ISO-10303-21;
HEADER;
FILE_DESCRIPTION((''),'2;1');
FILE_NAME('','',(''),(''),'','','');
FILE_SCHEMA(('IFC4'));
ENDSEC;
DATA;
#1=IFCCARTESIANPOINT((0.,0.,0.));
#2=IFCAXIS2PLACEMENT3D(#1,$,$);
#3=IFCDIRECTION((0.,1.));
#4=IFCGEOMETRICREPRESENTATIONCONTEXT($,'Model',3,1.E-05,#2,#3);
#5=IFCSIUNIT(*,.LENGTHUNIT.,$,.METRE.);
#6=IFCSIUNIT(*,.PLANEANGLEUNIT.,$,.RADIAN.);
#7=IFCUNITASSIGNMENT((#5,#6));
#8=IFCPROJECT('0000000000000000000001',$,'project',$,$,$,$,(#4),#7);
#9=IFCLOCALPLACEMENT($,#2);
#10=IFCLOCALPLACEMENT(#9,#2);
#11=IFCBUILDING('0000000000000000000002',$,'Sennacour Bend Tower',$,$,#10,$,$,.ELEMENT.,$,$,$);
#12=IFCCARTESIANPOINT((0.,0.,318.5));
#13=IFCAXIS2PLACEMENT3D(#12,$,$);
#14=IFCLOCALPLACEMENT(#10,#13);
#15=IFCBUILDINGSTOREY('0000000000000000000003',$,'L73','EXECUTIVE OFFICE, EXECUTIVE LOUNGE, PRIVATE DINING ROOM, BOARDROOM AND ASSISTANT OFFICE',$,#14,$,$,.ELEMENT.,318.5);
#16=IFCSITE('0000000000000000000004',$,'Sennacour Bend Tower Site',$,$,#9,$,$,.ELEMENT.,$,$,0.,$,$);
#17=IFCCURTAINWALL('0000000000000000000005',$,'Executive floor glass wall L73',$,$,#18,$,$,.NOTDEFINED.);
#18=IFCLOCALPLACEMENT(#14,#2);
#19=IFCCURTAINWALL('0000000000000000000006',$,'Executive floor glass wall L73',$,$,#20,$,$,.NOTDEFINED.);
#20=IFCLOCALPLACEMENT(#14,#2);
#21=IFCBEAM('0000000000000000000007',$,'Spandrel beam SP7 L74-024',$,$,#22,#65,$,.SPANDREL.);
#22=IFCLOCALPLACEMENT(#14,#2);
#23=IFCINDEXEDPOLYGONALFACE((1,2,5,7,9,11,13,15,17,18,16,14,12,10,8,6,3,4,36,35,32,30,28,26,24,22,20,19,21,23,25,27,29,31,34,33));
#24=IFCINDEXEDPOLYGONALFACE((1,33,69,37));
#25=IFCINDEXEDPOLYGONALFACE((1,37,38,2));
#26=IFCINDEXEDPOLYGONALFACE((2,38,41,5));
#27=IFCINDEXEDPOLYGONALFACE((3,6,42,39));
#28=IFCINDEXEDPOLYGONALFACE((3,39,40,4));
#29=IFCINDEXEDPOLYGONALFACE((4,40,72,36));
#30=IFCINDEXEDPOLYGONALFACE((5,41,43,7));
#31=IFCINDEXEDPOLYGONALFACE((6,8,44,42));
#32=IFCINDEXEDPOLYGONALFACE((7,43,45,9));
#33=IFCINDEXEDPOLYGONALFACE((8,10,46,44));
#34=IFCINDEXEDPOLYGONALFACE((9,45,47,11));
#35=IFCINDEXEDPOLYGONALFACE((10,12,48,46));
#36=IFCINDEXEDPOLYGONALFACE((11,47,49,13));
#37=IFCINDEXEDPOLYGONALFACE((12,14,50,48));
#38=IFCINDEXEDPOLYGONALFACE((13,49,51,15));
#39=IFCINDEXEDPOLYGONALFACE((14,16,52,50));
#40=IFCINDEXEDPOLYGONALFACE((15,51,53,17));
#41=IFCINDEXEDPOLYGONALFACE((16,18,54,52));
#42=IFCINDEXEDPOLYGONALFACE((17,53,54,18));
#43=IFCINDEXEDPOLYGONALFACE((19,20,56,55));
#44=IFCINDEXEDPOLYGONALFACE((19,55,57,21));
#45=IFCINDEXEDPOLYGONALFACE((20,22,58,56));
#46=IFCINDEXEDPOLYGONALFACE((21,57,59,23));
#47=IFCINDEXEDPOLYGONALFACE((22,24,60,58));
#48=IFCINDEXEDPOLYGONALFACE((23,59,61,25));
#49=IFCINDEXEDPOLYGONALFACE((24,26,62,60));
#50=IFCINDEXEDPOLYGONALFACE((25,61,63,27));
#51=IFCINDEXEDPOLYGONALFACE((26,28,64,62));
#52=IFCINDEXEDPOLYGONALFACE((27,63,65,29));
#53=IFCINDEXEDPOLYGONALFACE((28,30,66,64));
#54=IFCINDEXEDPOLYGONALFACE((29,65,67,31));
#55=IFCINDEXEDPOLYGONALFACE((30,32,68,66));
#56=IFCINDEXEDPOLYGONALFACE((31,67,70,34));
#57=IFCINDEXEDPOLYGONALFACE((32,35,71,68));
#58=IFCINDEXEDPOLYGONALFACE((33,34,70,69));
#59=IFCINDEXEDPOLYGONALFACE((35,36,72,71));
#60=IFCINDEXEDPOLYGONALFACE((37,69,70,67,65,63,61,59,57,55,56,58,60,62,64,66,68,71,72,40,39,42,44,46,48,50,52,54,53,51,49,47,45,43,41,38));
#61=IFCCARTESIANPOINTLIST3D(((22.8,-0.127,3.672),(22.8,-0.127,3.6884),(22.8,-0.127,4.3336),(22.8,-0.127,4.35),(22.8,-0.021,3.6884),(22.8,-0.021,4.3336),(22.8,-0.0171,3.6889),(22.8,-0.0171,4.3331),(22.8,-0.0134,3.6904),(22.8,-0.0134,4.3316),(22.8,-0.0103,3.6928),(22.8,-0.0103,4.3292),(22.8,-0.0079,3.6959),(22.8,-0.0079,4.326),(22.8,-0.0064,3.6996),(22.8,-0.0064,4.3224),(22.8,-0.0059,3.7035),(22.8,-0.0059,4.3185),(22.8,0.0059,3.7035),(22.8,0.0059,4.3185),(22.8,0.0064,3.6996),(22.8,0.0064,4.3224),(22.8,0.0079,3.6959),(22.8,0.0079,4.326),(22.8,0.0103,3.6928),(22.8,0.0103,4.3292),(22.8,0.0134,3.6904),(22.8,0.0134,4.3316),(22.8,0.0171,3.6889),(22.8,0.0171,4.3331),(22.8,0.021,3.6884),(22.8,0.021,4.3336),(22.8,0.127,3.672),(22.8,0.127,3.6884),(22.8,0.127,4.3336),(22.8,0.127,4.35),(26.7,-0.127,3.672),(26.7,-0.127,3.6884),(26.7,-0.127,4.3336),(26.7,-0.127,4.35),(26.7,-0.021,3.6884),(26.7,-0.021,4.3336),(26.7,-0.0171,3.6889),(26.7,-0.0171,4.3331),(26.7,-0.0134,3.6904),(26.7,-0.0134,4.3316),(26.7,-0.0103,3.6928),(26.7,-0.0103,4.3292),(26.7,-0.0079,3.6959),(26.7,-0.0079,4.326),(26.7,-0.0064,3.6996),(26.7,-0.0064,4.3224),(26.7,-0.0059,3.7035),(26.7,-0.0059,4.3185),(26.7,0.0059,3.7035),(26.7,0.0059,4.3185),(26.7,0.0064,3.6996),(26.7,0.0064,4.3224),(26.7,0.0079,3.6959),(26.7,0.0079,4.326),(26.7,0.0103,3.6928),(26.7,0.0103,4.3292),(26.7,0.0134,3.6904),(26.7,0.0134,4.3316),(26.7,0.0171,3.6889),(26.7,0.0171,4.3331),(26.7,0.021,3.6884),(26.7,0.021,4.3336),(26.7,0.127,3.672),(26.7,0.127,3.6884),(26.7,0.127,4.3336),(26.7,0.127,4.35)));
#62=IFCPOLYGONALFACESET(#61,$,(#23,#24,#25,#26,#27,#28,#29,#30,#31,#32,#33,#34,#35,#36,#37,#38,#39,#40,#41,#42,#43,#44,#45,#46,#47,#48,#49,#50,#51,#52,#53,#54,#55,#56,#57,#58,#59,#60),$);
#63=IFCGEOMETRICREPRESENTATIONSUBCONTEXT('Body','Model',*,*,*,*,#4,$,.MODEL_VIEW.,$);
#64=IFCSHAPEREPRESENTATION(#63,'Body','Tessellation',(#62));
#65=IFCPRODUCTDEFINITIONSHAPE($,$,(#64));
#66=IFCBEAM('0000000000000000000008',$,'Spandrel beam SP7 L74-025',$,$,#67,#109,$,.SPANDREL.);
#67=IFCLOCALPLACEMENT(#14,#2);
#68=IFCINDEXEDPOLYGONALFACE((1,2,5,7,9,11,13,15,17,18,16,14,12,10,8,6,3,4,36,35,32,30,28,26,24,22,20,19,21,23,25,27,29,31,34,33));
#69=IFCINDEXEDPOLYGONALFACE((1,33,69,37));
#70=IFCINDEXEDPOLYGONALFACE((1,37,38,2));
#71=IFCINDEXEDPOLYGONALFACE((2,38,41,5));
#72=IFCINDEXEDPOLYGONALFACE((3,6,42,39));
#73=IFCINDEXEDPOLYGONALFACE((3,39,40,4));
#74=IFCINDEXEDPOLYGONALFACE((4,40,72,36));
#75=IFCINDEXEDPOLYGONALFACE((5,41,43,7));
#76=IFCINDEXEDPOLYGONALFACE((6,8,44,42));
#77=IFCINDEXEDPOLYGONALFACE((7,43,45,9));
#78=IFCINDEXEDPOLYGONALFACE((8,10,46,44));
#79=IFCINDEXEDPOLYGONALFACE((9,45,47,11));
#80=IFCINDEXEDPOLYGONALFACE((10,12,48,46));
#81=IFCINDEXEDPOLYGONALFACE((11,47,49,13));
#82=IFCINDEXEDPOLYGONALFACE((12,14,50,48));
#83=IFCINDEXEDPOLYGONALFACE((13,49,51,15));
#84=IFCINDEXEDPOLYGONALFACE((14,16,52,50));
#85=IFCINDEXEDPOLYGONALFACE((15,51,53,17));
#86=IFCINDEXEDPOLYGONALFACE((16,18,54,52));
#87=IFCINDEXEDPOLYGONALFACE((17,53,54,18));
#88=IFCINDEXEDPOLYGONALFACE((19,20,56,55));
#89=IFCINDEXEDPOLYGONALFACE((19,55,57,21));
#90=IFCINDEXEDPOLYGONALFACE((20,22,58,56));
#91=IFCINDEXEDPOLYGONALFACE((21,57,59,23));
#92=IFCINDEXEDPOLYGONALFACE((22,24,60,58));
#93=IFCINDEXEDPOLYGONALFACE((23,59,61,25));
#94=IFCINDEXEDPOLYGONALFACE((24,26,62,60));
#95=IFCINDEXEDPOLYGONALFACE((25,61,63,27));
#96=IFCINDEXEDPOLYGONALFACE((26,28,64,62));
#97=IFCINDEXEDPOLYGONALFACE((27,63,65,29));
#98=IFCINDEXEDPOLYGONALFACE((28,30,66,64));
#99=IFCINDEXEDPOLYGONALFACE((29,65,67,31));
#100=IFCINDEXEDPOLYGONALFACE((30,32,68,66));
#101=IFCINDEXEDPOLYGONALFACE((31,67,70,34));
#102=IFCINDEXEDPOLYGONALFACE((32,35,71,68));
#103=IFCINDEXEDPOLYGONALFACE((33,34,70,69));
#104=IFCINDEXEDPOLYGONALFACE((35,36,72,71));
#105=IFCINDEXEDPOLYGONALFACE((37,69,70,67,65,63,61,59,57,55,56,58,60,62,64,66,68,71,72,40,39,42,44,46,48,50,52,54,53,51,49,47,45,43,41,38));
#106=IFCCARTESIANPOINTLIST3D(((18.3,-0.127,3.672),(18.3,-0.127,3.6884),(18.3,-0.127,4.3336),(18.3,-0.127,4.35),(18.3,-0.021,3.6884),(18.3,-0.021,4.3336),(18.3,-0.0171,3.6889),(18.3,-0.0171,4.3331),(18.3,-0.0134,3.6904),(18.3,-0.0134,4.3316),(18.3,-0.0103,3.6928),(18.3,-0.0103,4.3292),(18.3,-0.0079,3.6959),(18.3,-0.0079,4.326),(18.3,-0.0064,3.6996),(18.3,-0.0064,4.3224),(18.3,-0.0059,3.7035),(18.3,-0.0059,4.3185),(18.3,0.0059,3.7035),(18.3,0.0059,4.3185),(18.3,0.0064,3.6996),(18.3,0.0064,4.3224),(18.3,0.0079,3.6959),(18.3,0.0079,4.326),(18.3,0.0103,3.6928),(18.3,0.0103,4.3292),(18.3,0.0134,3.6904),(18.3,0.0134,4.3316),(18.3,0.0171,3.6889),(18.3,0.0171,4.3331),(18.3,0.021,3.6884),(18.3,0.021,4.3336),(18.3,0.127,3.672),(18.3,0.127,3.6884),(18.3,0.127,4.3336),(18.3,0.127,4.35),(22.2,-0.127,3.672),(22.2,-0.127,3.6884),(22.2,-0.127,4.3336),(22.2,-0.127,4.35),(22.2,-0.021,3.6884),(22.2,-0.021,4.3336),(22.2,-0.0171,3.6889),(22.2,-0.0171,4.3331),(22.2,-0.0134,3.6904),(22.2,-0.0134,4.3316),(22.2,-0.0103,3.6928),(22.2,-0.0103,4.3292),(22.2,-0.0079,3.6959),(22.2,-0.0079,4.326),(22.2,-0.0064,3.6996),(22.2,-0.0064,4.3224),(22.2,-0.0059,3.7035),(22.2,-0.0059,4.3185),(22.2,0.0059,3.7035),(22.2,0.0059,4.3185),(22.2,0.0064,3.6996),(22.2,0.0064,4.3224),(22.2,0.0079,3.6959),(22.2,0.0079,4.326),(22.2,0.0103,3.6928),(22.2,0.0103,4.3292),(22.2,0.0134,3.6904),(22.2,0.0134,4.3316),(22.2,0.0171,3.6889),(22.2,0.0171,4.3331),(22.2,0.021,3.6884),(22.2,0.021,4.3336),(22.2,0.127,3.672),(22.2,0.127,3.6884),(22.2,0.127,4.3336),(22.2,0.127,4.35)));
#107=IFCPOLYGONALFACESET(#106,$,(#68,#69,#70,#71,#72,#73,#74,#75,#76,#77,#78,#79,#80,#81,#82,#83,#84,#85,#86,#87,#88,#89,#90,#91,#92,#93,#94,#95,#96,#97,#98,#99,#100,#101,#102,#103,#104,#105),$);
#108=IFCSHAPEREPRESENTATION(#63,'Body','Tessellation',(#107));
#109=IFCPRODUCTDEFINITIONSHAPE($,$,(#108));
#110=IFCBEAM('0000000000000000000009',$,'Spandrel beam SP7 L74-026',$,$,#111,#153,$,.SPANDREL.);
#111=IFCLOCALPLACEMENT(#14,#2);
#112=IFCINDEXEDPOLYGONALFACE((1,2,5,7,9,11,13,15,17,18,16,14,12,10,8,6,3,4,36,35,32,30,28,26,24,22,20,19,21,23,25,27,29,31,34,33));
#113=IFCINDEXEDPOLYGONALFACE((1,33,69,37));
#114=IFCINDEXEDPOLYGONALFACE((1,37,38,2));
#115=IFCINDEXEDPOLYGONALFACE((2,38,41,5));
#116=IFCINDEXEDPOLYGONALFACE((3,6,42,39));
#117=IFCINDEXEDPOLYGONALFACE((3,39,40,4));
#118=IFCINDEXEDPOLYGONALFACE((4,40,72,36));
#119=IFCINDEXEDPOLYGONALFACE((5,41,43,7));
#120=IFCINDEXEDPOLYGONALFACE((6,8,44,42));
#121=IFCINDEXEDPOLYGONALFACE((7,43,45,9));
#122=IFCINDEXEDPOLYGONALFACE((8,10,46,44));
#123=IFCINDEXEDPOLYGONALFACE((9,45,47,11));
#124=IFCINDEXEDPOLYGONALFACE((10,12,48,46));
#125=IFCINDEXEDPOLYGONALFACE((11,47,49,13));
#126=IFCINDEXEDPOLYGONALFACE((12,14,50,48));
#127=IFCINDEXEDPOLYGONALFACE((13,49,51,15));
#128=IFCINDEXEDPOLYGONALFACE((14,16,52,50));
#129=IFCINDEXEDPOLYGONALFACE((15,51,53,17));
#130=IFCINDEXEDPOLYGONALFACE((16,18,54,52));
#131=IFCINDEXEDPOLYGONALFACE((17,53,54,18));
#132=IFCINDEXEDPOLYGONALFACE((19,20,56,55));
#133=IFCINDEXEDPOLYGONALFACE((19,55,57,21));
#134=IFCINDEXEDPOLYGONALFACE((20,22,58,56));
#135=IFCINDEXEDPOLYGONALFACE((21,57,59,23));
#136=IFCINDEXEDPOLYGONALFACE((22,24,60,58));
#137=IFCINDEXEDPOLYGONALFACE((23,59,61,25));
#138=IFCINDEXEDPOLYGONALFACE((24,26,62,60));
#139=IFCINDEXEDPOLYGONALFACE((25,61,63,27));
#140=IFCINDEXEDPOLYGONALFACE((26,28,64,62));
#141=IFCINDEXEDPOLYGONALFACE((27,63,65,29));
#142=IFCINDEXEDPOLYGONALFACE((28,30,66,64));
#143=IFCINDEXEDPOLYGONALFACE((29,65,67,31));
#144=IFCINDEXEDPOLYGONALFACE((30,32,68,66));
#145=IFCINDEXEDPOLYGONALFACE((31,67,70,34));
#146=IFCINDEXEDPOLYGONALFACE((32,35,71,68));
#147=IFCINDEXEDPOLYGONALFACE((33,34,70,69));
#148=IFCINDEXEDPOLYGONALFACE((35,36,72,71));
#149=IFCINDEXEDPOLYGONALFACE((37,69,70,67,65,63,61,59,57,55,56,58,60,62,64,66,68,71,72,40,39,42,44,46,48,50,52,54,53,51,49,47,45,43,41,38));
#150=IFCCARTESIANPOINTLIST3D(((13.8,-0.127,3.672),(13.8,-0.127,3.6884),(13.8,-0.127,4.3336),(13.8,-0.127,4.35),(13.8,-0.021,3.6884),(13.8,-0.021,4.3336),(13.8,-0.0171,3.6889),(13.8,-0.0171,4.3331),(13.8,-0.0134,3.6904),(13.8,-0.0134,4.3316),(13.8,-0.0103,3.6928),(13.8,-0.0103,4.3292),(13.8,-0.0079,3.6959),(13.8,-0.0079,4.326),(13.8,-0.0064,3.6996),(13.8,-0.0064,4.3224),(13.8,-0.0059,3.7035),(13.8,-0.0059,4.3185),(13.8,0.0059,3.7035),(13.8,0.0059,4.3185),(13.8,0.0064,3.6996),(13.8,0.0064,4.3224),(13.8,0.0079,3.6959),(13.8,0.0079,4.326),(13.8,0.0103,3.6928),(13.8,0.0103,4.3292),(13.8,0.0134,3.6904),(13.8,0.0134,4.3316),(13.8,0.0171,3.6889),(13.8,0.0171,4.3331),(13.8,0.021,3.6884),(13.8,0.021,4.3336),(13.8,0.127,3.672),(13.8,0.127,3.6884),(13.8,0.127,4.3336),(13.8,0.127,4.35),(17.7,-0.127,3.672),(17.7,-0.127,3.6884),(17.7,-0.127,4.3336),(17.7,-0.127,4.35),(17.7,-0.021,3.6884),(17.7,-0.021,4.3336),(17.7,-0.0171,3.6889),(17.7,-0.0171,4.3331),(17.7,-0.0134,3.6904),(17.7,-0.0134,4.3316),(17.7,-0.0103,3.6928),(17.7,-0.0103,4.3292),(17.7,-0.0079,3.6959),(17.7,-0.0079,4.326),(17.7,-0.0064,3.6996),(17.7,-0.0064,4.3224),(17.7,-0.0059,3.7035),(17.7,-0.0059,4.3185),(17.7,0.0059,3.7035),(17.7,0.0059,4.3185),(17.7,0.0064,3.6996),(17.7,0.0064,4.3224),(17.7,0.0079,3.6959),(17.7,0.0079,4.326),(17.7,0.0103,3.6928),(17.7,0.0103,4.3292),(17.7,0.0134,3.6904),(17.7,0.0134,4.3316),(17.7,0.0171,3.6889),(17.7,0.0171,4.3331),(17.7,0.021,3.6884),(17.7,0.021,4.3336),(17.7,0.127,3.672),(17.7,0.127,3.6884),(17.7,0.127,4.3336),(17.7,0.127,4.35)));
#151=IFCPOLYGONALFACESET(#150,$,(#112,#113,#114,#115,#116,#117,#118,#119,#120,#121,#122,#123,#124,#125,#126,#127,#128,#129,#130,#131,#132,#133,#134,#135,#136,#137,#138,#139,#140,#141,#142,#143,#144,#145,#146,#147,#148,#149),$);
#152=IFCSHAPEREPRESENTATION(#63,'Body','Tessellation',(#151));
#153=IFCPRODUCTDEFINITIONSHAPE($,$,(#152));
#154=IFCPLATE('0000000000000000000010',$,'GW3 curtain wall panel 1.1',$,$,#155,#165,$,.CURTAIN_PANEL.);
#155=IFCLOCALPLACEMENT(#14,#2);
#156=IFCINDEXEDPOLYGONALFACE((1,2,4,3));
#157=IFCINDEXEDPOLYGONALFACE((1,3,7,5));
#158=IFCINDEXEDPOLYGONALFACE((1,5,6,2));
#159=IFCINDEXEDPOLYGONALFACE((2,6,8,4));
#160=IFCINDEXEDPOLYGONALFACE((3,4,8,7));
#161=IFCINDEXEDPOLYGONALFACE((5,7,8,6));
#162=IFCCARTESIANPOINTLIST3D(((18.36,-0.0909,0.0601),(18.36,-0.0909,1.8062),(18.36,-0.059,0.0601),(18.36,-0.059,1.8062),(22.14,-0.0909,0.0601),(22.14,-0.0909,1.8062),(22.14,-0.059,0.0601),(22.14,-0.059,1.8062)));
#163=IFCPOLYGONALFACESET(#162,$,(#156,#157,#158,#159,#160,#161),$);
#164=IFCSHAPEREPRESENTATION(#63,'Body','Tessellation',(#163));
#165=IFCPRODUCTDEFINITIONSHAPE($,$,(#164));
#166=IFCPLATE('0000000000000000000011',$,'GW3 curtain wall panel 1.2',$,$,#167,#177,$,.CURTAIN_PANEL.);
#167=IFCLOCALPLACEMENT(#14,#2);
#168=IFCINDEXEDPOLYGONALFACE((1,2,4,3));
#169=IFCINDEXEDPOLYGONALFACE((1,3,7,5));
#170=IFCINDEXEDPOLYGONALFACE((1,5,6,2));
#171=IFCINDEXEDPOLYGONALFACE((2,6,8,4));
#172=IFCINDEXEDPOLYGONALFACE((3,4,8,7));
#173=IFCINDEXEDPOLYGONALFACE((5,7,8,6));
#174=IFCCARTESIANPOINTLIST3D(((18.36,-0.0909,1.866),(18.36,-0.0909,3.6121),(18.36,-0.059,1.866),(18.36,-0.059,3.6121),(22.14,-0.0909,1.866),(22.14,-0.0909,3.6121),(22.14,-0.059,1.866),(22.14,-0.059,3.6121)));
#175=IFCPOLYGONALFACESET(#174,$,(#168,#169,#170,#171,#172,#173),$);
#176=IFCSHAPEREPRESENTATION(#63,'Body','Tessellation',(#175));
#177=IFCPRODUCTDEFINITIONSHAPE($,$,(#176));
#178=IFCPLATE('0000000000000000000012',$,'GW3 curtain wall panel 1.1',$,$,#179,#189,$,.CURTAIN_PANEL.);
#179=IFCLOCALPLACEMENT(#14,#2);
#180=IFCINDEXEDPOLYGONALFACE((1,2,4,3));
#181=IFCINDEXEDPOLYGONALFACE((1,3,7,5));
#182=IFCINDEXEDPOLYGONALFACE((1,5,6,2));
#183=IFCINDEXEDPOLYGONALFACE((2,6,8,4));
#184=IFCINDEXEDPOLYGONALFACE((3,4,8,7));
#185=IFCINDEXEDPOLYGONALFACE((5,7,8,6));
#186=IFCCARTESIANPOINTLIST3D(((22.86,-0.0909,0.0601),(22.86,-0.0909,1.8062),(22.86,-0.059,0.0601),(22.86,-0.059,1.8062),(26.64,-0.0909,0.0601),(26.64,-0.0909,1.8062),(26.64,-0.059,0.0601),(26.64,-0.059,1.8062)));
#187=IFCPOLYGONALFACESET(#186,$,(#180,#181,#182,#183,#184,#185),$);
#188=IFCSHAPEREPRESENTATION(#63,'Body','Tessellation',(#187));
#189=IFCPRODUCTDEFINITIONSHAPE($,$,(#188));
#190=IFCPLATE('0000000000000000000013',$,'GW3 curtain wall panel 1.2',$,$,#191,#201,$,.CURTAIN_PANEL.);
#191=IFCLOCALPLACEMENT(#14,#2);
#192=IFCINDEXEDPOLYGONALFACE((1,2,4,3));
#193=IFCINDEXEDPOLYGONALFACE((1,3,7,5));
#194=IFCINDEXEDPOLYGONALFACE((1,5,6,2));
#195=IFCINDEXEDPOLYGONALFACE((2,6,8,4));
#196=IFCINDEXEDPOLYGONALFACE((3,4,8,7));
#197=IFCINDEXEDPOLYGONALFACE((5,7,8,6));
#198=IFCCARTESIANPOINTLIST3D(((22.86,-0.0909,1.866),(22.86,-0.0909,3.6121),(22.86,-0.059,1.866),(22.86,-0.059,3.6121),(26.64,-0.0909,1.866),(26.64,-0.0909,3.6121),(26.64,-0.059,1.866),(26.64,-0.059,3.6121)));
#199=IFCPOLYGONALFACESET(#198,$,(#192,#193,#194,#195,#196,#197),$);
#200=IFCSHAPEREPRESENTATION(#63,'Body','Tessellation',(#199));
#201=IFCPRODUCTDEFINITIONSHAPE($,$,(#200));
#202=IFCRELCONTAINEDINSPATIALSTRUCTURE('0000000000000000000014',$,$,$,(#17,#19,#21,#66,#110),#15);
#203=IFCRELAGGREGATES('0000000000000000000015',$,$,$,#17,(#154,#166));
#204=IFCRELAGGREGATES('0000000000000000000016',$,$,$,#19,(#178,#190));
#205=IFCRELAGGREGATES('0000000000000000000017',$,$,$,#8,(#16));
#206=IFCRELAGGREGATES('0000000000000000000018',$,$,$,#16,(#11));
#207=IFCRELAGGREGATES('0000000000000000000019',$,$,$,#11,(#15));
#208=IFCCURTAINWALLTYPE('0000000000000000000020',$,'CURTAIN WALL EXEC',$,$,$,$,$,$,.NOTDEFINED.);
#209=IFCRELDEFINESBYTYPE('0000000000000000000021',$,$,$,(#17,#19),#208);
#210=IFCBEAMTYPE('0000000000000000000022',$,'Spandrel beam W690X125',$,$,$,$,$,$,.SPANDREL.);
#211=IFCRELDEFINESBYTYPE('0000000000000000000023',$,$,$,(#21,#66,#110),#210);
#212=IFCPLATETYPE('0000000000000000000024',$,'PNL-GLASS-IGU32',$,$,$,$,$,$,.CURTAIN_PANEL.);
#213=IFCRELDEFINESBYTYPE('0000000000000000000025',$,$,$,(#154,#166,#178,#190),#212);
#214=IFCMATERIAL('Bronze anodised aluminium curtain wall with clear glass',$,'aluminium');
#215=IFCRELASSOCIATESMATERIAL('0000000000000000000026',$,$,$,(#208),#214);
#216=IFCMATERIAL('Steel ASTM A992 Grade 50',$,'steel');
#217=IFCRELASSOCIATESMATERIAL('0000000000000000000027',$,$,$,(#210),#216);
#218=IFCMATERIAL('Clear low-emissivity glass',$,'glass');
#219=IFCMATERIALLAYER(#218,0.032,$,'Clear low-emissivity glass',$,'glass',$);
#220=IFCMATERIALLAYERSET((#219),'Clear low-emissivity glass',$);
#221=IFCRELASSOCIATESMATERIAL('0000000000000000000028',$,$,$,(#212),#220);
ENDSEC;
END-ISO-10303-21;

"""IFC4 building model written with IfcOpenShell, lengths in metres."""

from ifc_helpers import new_model, si_unit, direction, frame, origin, origin_2d, place, context, subcontext, project, spatial, rectangle, i_section, extrude, material, layer, layer_set, material_profile, profile_set, type_object, element, aggregate, save


model = new_model("IFC4")

# Units and contexts
model_context = context("Model", 3, precision=1e-05, world=origin(), true_north=direction((0.0, 1.0)))
body_context = subcontext(model_context, "Body", "Model", "MODEL_VIEW")
ifc_project = project(units=[si_unit("LENGTHUNIT", "METRE"), si_unit("PLANEANGLEUNIT", "RADIAN")], contexts=[model_context])

# Site, building, storey
site_placement = place(None, origin())
site = spatial("IfcSite", under=ifc_project, at=site_placement, Name="Sennacour Bend Tower Site", CompositionType="ELEMENT", RefElevation=0.0)
building_placement = place(site_placement, origin())
building = spatial("IfcBuilding", under=site, at=building_placement, Name="Sennacour Bend Tower", CompositionType="ELEMENT")
storey_placement = place(building_placement, frame((0.0, 0.0, 318.5)))
storey = spatial("IfcBuildingStorey", under=building, at=storey_placement, Name="L73", Description="EXECUTIVE OFFICE, EXECUTIVE LOUNGE, PRIVATE DINING ROOM, BOARDROOM AND ASSISTANT OFFICE", CompositionType="ELEMENT", Elevation=318.5)

# Shared definitions
ifc_material_1 = material(Name="Bronze anodised aluminium curtain wall with clear glass", Category="aluminium")
curtain_wall_type = type_object("IfcCurtainWallType", Name="CURTAIN WALL EXEC", PredefinedType="NOTDEFINED", material=ifc_material_1)

# Curtain walls
curtain_wall_1_placement = place(storey_placement, origin())
curtain_wall_1 = element("IfcCurtainWall", 1, at=curtain_wall_1_placement, inside=storey, type_object=curtain_wall_type, Name="Executive floor glass wall L73", PredefinedType="NOTDEFINED")
curtain_wall_2_placement = place(storey_placement, origin())
curtain_wall_2 = element("IfcCurtainWall", 2, at=curtain_wall_2_placement, inside=storey, type_object=curtain_wall_type, Name="Executive floor glass wall L73", PredefinedType="NOTDEFINED")

# Beams
ifc_material_2 = material(Name="Steel ASTM A992 Grade 50", Category="steel")
ifc_material_profile_1 = material_profile(ifc_material_2, i_section(OverallWidth=0.2539, OverallDepth=0.678, WebThickness=0.0117, FlangeThickness=0.0164, FilletRadius=0.0151, at=origin_2d()), Name="Steel ASTM A992 Grade 50", Category="steel")
ifc_profile_set_1 = profile_set([ifc_material_profile_1], Name="Steel ASTM A992 Grade 50")
beam_type_1 = type_object("IfcBeamType", Name="Spandrel beam W690X125", PredefinedType="SPANDREL", material=ifc_profile_set_1)
for number, where, z_axis, x_axis, name in (
    (3, (26.7, 0.0, 4.011), (-1.0, 0.0, 0.0), (0.0, -1.0, 0.0), "Spandrel beam SP7 L74-024"),
    (4, (22.2, 0.0, 4.011), (-1.0, 0.0, 0.0), (0.0, -1.0, 0.0), "Spandrel beam SP7 L74-025"),
    (5, (17.7, 0.0, 4.011), (-1.0, 0.0, 0.0), (0.0, -1.0, 0.0), "Spandrel beam SP7 L74-026"),
):
    element("IfcBeam", number, at=place(storey_placement, frame(where, z_axis=z_axis, x_axis=x_axis)), inside=storey, type_object=beam_type_1, Name=name, PredefinedType="SPANDREL", context=body_context, shape_type="SweptSolid", body=[
        extrude(i_section(OverallWidth=0.2539, OverallDepth=0.678, WebThickness=0.0117, FlangeThickness=0.0164, FilletRadius=0.0151, at=origin_2d()), origin(), (0.0, 0.0, 1.0), 3.8999),
    ])

# Plates
ifc_material_3 = material(Name="Clear low-emissivity glass", Category="glass")
ifc_layer_1 = layer(ifc_material_3, 0.032, Name="Clear low-emissivity glass", Category="glass")
ifc_layer_set_1 = layer_set([ifc_layer_1], Name="Clear low-emissivity glass")
plate_type = type_object("IfcPlateType", Name="PNL-GLASS-IGU32", PredefinedType="CURTAIN_PANEL", material=ifc_layer_set_1)
plate_1_placement = place(storey_placement, frame((20.25, -0.075, 0.0601), z_axis=(0.0, 0.0, 1.0), x_axis=(1.0, 0.0, 0.0)))
plate_1 = element("IfcPlate", 6, at=plate_1_placement, type_object=plate_type, Name="GW3 curtain wall panel 1.1", PredefinedType="CURTAIN_PANEL", context=body_context, shape_type="SweptSolid", body=[
    extrude(rectangle(XDim=3.78, YDim=0.032, at=origin_2d()), origin(), (0.0, 0.0, 1.0), 1.7461),
])
plate_2_placement = place(storey_placement, frame((20.25, -0.075, 1.866), z_axis=(0.0, 0.0, 1.0), x_axis=(1.0, 0.0, 0.0)))
plate_2 = element("IfcPlate", 7, at=plate_2_placement, type_object=plate_type, Name="GW3 curtain wall panel 1.2", PredefinedType="CURTAIN_PANEL", context=body_context, shape_type="SweptSolid", body=[
    extrude(rectangle(XDim=3.78, YDim=0.032, at=origin_2d()), origin(), (0.0, 0.0, 1.0), 1.7461),
])
aggregate(curtain_wall_1, [plate_1, plate_2])
plate_3_placement = place(storey_placement, frame((24.75, -0.075, 0.0601), z_axis=(0.0, 0.0, 1.0), x_axis=(1.0, 0.0, 0.0)))
plate_3 = element("IfcPlate", 8, at=plate_3_placement, type_object=plate_type, Name="GW3 curtain wall panel 1.1", PredefinedType="CURTAIN_PANEL", context=body_context, shape_type="SweptSolid", body=[
    extrude(rectangle(XDim=3.78, YDim=0.032, at=origin_2d()), origin(), (0.0, 0.0, 1.0), 1.7461),
])
plate_4_placement = place(storey_placement, frame((24.75, -0.075, 1.866), z_axis=(0.0, 0.0, 1.0), x_axis=(1.0, 0.0, 0.0)))
plate_4 = element("IfcPlate", 9, at=plate_4_placement, type_object=plate_type, Name="GW3 curtain wall panel 1.2", PredefinedType="CURTAIN_PANEL", context=body_context, shape_type="SweptSolid", body=[
    extrude(rectangle(XDim=3.78, YDim=0.032, at=origin_2d()), origin(), (0.0, 0.0, 1.0), 1.7461),
])
aggregate(curtain_wall_2, [plate_3, plate_4])

save(model, "model.ifc")
